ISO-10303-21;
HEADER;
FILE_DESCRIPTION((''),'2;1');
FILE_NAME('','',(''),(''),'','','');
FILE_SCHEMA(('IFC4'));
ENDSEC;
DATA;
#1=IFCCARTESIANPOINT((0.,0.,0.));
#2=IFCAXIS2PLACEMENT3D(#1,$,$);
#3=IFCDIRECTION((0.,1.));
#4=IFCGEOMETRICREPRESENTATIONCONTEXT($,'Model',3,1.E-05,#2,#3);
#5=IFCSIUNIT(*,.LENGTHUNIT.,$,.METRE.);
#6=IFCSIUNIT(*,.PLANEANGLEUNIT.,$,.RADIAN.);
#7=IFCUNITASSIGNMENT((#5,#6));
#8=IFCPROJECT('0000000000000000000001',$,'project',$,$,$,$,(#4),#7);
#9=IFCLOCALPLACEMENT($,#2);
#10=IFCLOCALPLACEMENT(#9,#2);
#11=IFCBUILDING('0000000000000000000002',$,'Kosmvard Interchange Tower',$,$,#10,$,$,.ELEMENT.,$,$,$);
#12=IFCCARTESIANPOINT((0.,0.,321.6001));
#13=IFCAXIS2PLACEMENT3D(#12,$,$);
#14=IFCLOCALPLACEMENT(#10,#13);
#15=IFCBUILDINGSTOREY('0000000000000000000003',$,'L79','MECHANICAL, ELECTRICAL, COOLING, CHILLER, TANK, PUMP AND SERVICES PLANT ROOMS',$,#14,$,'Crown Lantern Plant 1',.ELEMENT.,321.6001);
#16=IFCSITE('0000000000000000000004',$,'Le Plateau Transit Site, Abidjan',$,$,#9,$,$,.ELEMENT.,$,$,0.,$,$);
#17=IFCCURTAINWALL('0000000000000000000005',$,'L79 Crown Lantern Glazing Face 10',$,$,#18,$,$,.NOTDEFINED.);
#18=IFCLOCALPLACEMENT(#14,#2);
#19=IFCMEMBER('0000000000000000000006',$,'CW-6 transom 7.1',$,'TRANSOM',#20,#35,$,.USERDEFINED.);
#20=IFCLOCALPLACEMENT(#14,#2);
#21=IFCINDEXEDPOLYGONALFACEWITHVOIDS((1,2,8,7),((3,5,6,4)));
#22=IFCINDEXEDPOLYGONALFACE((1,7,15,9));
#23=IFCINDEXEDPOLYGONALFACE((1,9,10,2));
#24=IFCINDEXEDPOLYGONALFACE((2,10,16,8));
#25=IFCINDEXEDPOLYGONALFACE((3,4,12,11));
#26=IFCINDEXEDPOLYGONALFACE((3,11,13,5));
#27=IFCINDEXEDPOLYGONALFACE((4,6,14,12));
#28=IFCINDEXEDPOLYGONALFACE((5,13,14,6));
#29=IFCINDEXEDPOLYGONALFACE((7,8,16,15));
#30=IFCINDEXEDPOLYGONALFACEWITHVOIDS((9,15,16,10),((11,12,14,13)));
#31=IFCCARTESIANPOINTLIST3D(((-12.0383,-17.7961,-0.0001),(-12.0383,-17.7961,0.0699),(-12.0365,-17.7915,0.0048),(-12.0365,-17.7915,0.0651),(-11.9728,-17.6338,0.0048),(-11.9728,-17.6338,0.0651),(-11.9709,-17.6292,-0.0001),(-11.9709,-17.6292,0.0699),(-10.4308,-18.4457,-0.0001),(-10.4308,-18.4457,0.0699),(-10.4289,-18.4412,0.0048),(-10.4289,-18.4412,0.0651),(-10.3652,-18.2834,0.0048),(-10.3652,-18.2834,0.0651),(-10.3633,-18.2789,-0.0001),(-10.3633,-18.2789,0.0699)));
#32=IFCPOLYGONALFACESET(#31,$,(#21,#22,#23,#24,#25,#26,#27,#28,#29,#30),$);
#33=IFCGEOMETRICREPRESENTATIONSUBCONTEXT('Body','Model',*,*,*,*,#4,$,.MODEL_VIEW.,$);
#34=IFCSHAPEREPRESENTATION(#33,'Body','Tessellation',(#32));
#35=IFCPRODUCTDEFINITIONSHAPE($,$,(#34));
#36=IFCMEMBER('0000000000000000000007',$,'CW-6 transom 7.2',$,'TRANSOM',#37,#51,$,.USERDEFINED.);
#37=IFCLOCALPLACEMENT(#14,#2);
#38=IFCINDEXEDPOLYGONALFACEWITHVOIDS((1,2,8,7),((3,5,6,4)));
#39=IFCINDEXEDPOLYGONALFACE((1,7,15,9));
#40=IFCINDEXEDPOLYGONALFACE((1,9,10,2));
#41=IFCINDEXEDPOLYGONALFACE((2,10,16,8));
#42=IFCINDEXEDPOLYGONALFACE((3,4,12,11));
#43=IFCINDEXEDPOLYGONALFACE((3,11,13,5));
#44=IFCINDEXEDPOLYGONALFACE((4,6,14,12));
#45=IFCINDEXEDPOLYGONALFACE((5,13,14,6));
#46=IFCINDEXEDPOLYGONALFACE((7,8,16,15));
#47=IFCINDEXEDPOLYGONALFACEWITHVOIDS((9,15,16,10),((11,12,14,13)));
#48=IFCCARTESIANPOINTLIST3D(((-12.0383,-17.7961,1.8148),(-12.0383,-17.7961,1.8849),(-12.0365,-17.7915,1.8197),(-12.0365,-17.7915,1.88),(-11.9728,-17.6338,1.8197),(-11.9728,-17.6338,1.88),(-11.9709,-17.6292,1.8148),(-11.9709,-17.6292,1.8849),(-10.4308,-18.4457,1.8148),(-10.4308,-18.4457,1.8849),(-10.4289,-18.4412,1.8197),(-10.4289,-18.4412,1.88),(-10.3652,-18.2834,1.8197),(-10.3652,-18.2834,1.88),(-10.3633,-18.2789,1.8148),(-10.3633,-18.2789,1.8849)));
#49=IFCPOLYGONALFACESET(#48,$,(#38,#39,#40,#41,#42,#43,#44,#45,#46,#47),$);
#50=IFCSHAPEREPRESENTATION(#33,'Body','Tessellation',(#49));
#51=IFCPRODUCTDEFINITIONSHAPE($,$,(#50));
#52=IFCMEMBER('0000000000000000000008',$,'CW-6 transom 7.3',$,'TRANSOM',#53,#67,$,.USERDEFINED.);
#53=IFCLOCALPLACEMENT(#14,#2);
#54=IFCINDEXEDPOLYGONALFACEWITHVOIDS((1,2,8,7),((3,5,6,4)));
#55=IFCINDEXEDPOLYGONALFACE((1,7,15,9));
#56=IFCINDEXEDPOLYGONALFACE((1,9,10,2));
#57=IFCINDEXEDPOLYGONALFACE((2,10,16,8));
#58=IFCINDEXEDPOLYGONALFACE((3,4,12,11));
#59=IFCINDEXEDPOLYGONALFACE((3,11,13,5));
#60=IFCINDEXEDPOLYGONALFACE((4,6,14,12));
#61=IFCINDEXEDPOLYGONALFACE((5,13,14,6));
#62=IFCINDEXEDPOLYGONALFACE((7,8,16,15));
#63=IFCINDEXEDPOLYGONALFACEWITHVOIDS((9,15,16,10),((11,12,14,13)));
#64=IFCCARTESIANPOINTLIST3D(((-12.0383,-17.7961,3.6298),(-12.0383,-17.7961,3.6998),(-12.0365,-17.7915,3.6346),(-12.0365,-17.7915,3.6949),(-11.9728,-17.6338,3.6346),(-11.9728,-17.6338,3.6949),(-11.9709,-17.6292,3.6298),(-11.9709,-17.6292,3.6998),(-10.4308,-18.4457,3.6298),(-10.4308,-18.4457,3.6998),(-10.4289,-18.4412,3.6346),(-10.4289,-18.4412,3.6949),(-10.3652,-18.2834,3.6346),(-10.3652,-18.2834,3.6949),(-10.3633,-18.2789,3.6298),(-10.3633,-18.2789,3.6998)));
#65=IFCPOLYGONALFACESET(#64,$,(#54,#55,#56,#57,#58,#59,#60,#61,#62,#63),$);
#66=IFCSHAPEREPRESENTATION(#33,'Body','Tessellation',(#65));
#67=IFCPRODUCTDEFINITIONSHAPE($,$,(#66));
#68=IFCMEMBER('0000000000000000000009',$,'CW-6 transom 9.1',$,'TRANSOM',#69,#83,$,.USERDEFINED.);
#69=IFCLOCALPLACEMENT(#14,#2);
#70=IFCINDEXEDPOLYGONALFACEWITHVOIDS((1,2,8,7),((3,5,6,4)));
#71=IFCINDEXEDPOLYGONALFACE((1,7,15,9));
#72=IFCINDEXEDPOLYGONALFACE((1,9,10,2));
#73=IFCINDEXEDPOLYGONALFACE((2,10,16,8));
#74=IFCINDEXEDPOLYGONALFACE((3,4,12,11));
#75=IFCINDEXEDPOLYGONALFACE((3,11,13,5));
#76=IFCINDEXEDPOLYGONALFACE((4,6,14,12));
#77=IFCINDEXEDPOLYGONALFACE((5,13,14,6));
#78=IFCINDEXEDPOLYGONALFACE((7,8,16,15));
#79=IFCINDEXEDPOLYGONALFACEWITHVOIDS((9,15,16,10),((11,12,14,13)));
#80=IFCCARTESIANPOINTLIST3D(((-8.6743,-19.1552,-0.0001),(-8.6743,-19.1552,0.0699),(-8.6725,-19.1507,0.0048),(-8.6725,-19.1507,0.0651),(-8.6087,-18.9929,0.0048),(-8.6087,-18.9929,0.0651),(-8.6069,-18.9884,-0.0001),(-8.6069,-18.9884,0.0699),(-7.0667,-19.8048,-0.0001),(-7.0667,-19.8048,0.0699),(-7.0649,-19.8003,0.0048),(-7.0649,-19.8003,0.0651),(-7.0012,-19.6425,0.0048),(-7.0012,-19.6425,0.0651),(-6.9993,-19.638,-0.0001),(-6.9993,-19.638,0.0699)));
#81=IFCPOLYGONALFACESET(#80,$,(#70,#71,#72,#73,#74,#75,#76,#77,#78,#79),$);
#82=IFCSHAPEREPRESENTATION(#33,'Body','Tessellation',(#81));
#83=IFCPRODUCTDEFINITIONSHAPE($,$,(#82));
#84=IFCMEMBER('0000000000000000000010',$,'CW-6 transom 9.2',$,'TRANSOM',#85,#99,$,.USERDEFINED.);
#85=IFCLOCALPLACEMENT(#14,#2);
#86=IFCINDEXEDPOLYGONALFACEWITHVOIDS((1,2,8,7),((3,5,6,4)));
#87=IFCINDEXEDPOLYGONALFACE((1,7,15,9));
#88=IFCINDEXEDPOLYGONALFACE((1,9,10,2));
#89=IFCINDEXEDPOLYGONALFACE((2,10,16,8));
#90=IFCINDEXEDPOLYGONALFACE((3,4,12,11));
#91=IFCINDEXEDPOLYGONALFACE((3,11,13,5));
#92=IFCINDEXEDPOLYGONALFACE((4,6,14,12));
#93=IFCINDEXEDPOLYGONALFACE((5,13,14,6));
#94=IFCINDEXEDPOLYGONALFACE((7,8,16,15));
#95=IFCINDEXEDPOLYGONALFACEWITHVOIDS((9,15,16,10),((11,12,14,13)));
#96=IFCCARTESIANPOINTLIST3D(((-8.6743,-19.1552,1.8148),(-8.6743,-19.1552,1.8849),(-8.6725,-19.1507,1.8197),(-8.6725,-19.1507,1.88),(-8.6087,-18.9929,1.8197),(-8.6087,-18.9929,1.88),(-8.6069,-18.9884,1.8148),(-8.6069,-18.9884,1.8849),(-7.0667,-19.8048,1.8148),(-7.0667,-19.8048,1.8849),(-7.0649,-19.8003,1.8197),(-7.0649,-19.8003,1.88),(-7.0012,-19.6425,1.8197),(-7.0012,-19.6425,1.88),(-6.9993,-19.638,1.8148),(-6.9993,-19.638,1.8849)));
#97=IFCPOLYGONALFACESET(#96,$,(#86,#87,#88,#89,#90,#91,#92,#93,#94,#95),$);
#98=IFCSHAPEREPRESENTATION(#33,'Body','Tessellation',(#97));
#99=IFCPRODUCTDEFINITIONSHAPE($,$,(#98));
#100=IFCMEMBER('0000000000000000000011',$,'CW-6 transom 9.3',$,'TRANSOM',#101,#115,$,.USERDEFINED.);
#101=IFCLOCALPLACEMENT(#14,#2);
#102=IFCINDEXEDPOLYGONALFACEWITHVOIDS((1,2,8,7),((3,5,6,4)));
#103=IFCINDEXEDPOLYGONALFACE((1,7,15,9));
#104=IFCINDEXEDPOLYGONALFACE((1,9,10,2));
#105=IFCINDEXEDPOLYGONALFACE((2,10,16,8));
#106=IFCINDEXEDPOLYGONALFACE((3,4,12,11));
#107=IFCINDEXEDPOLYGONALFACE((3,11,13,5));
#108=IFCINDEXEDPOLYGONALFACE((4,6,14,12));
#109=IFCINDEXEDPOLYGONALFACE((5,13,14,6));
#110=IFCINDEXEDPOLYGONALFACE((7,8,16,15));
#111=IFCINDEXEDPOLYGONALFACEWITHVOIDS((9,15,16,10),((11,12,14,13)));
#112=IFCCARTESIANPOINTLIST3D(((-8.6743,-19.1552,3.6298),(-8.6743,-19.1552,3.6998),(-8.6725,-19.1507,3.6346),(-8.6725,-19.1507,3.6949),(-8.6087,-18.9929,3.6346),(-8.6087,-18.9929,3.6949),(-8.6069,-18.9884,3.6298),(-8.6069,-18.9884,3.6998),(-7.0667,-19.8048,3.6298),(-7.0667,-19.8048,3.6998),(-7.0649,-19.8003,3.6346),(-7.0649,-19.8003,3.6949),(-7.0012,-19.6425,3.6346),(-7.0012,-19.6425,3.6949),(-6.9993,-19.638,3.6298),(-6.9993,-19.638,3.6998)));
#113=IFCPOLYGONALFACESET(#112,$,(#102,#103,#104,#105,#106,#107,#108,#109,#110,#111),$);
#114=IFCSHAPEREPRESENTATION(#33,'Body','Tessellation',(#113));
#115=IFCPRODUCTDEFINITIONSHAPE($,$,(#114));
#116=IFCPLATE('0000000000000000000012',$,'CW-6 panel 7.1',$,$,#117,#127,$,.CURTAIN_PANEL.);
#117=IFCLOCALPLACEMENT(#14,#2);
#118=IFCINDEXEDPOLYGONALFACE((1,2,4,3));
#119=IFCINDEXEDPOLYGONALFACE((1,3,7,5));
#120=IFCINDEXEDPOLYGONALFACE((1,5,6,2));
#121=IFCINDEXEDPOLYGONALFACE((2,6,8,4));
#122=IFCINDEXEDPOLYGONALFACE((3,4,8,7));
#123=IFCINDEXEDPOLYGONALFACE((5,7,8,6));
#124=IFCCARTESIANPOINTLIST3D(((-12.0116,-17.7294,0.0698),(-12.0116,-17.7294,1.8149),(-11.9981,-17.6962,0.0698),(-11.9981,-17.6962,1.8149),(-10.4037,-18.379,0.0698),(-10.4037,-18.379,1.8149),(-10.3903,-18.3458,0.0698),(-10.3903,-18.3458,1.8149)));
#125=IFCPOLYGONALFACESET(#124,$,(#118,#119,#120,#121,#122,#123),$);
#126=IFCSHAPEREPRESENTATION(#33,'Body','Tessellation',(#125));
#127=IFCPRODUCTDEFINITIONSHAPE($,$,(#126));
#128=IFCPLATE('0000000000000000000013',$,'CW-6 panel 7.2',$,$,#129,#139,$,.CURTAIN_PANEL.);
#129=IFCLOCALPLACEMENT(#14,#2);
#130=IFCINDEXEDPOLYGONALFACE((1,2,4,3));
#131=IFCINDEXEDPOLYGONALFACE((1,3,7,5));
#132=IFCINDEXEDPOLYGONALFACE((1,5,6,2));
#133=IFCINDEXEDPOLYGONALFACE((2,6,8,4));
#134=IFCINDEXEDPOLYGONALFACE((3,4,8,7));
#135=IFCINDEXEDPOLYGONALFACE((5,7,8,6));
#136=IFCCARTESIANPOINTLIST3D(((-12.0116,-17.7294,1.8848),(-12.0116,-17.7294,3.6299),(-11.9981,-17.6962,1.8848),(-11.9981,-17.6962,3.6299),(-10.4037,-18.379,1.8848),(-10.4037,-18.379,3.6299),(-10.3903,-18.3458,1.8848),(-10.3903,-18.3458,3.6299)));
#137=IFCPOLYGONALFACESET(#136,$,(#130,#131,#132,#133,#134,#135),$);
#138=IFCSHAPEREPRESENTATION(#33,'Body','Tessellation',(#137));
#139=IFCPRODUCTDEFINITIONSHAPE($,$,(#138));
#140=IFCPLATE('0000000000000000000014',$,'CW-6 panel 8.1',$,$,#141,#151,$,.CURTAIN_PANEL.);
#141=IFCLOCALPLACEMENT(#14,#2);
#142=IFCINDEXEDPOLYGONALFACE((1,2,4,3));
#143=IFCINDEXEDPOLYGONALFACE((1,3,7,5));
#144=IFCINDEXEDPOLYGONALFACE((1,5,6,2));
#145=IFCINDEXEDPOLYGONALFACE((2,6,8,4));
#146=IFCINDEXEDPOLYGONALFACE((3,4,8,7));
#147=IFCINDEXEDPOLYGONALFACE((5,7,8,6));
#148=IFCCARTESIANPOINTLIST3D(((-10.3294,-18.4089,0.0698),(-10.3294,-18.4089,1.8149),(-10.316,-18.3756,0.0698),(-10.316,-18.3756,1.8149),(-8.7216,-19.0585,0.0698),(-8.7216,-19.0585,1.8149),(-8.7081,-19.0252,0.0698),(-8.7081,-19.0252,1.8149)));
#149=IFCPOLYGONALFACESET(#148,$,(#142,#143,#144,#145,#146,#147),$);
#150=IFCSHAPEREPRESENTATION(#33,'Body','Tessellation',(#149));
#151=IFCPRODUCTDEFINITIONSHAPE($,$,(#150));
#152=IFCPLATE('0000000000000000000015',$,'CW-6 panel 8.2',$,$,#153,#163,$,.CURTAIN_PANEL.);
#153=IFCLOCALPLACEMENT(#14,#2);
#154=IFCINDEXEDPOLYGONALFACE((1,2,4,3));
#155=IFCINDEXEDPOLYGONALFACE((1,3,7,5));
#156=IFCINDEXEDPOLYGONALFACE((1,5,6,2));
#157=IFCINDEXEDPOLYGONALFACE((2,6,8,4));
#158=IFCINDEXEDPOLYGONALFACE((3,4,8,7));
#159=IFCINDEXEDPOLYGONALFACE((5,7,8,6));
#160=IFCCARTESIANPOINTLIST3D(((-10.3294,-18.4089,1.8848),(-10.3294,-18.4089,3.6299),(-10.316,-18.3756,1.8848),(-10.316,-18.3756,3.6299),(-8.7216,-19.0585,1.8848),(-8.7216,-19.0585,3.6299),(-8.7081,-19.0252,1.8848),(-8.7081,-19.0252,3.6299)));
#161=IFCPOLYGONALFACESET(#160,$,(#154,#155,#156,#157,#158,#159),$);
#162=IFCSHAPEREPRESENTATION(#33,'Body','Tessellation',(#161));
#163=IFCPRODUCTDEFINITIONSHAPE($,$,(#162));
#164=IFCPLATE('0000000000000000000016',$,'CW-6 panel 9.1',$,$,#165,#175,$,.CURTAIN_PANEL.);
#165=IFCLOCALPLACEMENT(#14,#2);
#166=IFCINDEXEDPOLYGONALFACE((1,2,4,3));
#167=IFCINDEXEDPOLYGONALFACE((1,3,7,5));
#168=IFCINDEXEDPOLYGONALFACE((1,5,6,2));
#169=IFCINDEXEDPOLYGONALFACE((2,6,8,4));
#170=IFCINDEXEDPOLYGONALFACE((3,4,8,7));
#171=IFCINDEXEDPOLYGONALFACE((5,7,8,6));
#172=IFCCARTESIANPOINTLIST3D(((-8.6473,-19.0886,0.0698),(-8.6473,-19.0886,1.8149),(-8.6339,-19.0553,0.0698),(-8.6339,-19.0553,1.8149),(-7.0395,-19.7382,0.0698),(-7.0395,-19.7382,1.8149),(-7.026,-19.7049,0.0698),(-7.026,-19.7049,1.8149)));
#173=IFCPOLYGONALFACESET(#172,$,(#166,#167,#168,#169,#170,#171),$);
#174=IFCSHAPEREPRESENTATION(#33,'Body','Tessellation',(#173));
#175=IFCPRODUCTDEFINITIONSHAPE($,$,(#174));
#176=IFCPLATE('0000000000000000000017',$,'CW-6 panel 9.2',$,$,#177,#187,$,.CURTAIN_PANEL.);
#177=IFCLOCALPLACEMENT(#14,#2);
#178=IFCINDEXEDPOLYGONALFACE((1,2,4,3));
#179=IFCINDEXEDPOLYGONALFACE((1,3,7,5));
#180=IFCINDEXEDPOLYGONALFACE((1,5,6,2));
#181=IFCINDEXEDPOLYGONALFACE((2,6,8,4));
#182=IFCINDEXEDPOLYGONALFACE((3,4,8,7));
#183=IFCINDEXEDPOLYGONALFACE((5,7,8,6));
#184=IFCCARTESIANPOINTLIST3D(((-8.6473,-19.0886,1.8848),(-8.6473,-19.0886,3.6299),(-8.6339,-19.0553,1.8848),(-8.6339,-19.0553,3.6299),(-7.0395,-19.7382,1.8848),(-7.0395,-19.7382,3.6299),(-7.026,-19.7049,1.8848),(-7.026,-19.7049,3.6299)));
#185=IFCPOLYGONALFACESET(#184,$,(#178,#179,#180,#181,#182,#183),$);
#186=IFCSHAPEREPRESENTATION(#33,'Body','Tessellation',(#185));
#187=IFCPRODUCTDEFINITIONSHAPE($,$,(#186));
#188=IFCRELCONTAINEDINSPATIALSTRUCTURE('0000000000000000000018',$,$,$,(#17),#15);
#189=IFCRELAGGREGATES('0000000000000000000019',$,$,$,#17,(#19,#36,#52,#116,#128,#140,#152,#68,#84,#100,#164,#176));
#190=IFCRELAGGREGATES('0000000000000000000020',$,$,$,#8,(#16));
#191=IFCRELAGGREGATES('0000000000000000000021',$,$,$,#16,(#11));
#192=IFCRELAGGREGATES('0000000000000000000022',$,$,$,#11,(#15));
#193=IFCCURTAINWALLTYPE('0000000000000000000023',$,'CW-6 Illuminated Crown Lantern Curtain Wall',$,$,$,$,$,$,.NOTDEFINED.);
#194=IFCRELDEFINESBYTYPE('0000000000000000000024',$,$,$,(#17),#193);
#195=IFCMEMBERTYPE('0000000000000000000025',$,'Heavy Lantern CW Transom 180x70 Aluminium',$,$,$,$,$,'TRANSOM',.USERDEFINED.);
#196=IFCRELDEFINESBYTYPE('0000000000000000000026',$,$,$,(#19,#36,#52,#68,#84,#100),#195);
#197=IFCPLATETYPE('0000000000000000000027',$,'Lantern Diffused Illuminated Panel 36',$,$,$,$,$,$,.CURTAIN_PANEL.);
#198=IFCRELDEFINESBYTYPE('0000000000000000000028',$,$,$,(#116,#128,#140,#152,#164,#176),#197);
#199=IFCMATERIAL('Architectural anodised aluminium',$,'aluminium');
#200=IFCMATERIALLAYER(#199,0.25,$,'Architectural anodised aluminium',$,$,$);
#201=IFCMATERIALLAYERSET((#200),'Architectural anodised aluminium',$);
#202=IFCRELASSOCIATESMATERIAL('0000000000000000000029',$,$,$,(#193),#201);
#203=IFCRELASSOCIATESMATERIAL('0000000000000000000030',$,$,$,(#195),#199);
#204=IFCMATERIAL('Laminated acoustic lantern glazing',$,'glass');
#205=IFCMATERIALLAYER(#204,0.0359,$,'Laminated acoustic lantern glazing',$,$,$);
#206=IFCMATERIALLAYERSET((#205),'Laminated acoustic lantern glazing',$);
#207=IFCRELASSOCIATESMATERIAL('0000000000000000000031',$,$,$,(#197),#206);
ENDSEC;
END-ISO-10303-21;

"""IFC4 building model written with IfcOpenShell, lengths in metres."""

from ifc_helpers import new_model, si_unit, direction, frame, origin, origin_2d, place, context, subcontext, project, spatial, rectangle, hollow_rectangle, extrude, source, transform, mapped, material, layer, layer_set, material_profile, profile_set, type_object, element, aggregate, save


model = new_model("IFC4")

# Units and contexts
model_context = context("Model", 3, precision=1e-05, world=origin(), true_north=direction((0.0, 1.0)))
body_context = subcontext(model_context, "Body", "Model", "MODEL_VIEW")
ifc_project = project(units=[si_unit("LENGTHUNIT", "METRE"), si_unit("PLANEANGLEUNIT", "RADIAN")], contexts=[model_context])

# Site, building, storey
site_placement = place(None, origin())
site = spatial("IfcSite", under=ifc_project, at=site_placement, Name="Le Plateau Transit Site, Abidjan", CompositionType="ELEMENT", RefElevation=0.0)
building_placement = place(site_placement, origin())
building = spatial("IfcBuilding", under=site, at=building_placement, Name="Kosmvard Interchange Tower", CompositionType="ELEMENT")
storey_placement = place(building_placement, frame((0.0, 0.0, 321.6001)))
storey = spatial("IfcBuildingStorey", under=building, at=storey_placement, Name="L79", Description="MECHANICAL, ELECTRICAL, COOLING, CHILLER, TANK, PUMP AND SERVICES PLANT ROOMS", LongName="Crown Lantern Plant 1", CompositionType="ELEMENT", Elevation=321.6001)

# Curtain wall, members, plates
ifc_material_1 = material(Name="Architectural anodised aluminium", Category="aluminium")
ifc_layer_1 = layer(ifc_material_1, 0.25, Name="Architectural anodised aluminium")
ifc_layer_set_1 = layer_set([ifc_layer_1], Name="Architectural anodised aluminium")
curtain_wall_type = type_object("IfcCurtainWallType", Name="CW-6 Illuminated Crown Lantern Curtain Wall", PredefinedType="NOTDEFINED", material=ifc_layer_set_1)
curtain_wall_placement = place(storey_placement, origin())
curtain_wall = element("IfcCurtainWall", 1, at=curtain_wall_placement, inside=storey, type_object=curtain_wall_type, Name="L79 Crown Lantern Glazing Face 10", PredefinedType="NOTDEFINED")
ifc_material_profile_1 = material_profile(ifc_material_1, hollow_rectangle(XDim=0.1799, YDim=0.0701, WallThickness=0.0049, at=origin_2d()), Name="CWT 180x70x5")
ifc_profile_set_1 = profile_set([ifc_material_profile_1], Name="Architectural anodised aluminium")
member_type_1 = type_object("IfcMemberType", Name="Heavy Lantern CW Transom 180x70 Aluminium", ElementType="TRANSOM", PredefinedType="USERDEFINED", material=ifc_profile_set_1)
shared_shape_1 = source(origin(), body_context, "Body", "SweptSolid", [
    extrude(hollow_rectangle(XDim=0.1799, YDim=0.0701, WallThickness=0.0049, at=origin_2d()), origin(), (0.0, 0.0, 1.0), 1.7339),
])
member_1_placement = place(storey_placement, frame((-12.0046, -17.7126, 0.0349), z_axis=(0.92716, -0.374666, 0.0), x_axis=(0.374666, 0.92716, 0.0)))
member_1 = element("IfcMember", 2, at=member_1_placement, type_object=member_type_1, Name="CW-6 transom 7.1", ObjectType="TRANSOM", PredefinedType="USERDEFINED", context=body_context, shape_type="MappedRepresentation", body=[
    mapped(shared_shape_1, transform((0.0, 0.0, 0.0), scale=1.0)),
])
member_2_placement = place(storey_placement, frame((-12.0046, -17.7126, 1.8499), z_axis=(0.92716, -0.374666, 0.0), x_axis=(0.374666, 0.92716, 0.0)))
member_2 = element("IfcMember", 3, at=member_2_placement, type_object=member_type_1, Name="CW-6 transom 7.2", ObjectType="TRANSOM", PredefinedType="USERDEFINED", context=body_context, shape_type="MappedRepresentation", body=[
    mapped(shared_shape_1, transform((0.0, 0.0, 0.0), scale=1.0)),
])
member_3_placement = place(storey_placement, frame((-12.0046, -17.7126, 3.6648), z_axis=(0.92716, -0.374666, 0.0), x_axis=(0.374666, 0.92716, 0.0)))
member_3 = element("IfcMember", 4, at=member_3_placement, type_object=member_type_1, Name="CW-6 transom 7.3", ObjectType="TRANSOM", PredefinedType="USERDEFINED", context=body_context, shape_type="MappedRepresentation", body=[
    mapped(shared_shape_1, transform((0.0, 0.0, 0.0), scale=1.0)),
])
member_4_placement = place(storey_placement, frame((-8.6406, -19.0718, 0.0349), z_axis=(0.92716, -0.374666, 0.0), x_axis=(0.374666, 0.92716, 0.0)))
member_4 = element("IfcMember", 5, at=member_4_placement, type_object=member_type_1, Name="CW-6 transom 9.1", ObjectType="TRANSOM", PredefinedType="USERDEFINED", context=body_context, shape_type="MappedRepresentation", body=[
    mapped(shared_shape_1, transform((0.0, 0.0, 0.0), scale=1.0)),
])
member_5_placement = place(storey_placement, frame((-8.6406, -19.0718, 1.8499), z_axis=(0.92716, -0.374666, 0.0), x_axis=(0.374666, 0.92716, 0.0)))
member_5 = element("IfcMember", 6, at=member_5_placement, type_object=member_type_1, Name="CW-6 transom 9.2", ObjectType="TRANSOM", PredefinedType="USERDEFINED", context=body_context, shape_type="MappedRepresentation", body=[
    mapped(shared_shape_1, transform((0.0, 0.0, 0.0), scale=1.0)),
])
member_6_placement = place(storey_placement, frame((-8.6406, -19.0718, 3.6648), z_axis=(0.92716, -0.374666, 0.0), x_axis=(0.374666, 0.92716, 0.0)))
member_6 = element("IfcMember", 7, at=member_6_placement, type_object=member_type_1, Name="CW-6 transom 9.3", ObjectType="TRANSOM", PredefinedType="USERDEFINED", context=body_context, shape_type="MappedRepresentation", body=[
    mapped(shared_shape_1, transform((0.0, 0.0, 0.0), scale=1.0)),
])
ifc_material_2 = material(Name="Laminated acoustic lantern glazing", Category="glass")
ifc_layer_2 = layer(ifc_material_2, 0.0359, Name="Laminated acoustic lantern glazing")
ifc_layer_set_2 = layer_set([ifc_layer_2], Name="Laminated acoustic lantern glazing")
plate_type = type_object("IfcPlateType", Name="Lantern Diffused Illuminated Panel 36", PredefinedType="CURTAIN_PANEL", material=ifc_layer_set_2)
shared_shape_2 = source(origin(), body_context, "Body", "SweptSolid", [
    extrude(rectangle(XDim=1.7341, YDim=0.0359, at=origin_2d()), origin(), (0.0, 0.0, 1.0), 1.7451),
])
plate_1_placement = place(storey_placement, frame((-11.2009, -18.0376, 0.0698), z_axis=(0.0, 0.0, 1.0), x_axis=(0.927184, -0.374607, 0.0)))
plate_1 = element("IfcPlate", 8, at=plate_1_placement, type_object=plate_type, Name="CW-6 panel 7.1", PredefinedType="CURTAIN_PANEL", context=body_context, shape_type="MappedRepresentation", body=[
    mapped(shared_shape_2, transform((0.0, 0.0, 0.0), scale=1.0)),
])
plate_2_placement = place(storey_placement, frame((-11.2009, -18.0376, 1.8848), z_axis=(0.0, 0.0, 1.0), x_axis=(0.927184, -0.374607, 0.0)))
plate_2 = element("IfcPlate", 9, at=plate_2_placement, type_object=plate_type, Name="CW-6 panel 7.2", PredefinedType="CURTAIN_PANEL", context=body_context, shape_type="MappedRepresentation", body=[
    mapped(shared_shape_2, transform((0.0, 0.0, 0.0), scale=1.0)),
])
plate_3_placement = place(storey_placement, frame((-9.5188, -18.717, 0.0698), z_axis=(0.0, 0.0, 1.0), x_axis=(0.927184, -0.374607, 0.0)))
plate_3 = element("IfcPlate", 10, at=plate_3_placement, type_object=plate_type, Name="CW-6 panel 8.1", PredefinedType="CURTAIN_PANEL", context=body_context, shape_type="MappedRepresentation", body=[
    mapped(shared_shape_2, transform((0.0, 0.0, 0.0), scale=1.0)),
])
plate_4_placement = place(storey_placement, frame((-9.5188, -18.717, 1.8848), z_axis=(0.0, 0.0, 1.0), x_axis=(0.927184, -0.374607, 0.0)))
plate_4 = element("IfcPlate", 11, at=plate_4_placement, type_object=plate_type, Name="CW-6 panel 8.2", PredefinedType="CURTAIN_PANEL", context=body_context, shape_type="MappedRepresentation", body=[
    mapped(shared_shape_2, transform((0.0, 0.0, 0.0), scale=1.0)),
])
plate_5_placement = place(storey_placement, frame((-7.8367, -19.3967, 0.0698), z_axis=(0.0, 0.0, 1.0), x_axis=(0.927184, -0.374607, 0.0)))
plate_5 = element("IfcPlate", 12, at=plate_5_placement, type_object=plate_type, Name="CW-6 panel 9.1", PredefinedType="CURTAIN_PANEL", context=body_context, shape_type="MappedRepresentation", body=[
    mapped(shared_shape_2, transform((0.0, 0.0, 0.0), scale=1.0)),
])
plate_6_placement = place(storey_placement, frame((-7.8367, -19.3967, 1.8848), z_axis=(0.0, 0.0, 1.0), x_axis=(0.927184, -0.374607, 0.0)))
plate_6 = element("IfcPlate", 13, at=plate_6_placement, type_object=plate_type, Name="CW-6 panel 9.2", PredefinedType="CURTAIN_PANEL", context=body_context, shape_type="MappedRepresentation", body=[
    mapped(shared_shape_2, transform((0.0, 0.0, 0.0), scale=1.0)),
])
aggregate(curtain_wall, [member_1, member_2, member_3, plate_1, plate_2, plate_3, plate_4, member_4, member_5, member_6, plate_5, plate_6])

save(model, "model.ifc")
